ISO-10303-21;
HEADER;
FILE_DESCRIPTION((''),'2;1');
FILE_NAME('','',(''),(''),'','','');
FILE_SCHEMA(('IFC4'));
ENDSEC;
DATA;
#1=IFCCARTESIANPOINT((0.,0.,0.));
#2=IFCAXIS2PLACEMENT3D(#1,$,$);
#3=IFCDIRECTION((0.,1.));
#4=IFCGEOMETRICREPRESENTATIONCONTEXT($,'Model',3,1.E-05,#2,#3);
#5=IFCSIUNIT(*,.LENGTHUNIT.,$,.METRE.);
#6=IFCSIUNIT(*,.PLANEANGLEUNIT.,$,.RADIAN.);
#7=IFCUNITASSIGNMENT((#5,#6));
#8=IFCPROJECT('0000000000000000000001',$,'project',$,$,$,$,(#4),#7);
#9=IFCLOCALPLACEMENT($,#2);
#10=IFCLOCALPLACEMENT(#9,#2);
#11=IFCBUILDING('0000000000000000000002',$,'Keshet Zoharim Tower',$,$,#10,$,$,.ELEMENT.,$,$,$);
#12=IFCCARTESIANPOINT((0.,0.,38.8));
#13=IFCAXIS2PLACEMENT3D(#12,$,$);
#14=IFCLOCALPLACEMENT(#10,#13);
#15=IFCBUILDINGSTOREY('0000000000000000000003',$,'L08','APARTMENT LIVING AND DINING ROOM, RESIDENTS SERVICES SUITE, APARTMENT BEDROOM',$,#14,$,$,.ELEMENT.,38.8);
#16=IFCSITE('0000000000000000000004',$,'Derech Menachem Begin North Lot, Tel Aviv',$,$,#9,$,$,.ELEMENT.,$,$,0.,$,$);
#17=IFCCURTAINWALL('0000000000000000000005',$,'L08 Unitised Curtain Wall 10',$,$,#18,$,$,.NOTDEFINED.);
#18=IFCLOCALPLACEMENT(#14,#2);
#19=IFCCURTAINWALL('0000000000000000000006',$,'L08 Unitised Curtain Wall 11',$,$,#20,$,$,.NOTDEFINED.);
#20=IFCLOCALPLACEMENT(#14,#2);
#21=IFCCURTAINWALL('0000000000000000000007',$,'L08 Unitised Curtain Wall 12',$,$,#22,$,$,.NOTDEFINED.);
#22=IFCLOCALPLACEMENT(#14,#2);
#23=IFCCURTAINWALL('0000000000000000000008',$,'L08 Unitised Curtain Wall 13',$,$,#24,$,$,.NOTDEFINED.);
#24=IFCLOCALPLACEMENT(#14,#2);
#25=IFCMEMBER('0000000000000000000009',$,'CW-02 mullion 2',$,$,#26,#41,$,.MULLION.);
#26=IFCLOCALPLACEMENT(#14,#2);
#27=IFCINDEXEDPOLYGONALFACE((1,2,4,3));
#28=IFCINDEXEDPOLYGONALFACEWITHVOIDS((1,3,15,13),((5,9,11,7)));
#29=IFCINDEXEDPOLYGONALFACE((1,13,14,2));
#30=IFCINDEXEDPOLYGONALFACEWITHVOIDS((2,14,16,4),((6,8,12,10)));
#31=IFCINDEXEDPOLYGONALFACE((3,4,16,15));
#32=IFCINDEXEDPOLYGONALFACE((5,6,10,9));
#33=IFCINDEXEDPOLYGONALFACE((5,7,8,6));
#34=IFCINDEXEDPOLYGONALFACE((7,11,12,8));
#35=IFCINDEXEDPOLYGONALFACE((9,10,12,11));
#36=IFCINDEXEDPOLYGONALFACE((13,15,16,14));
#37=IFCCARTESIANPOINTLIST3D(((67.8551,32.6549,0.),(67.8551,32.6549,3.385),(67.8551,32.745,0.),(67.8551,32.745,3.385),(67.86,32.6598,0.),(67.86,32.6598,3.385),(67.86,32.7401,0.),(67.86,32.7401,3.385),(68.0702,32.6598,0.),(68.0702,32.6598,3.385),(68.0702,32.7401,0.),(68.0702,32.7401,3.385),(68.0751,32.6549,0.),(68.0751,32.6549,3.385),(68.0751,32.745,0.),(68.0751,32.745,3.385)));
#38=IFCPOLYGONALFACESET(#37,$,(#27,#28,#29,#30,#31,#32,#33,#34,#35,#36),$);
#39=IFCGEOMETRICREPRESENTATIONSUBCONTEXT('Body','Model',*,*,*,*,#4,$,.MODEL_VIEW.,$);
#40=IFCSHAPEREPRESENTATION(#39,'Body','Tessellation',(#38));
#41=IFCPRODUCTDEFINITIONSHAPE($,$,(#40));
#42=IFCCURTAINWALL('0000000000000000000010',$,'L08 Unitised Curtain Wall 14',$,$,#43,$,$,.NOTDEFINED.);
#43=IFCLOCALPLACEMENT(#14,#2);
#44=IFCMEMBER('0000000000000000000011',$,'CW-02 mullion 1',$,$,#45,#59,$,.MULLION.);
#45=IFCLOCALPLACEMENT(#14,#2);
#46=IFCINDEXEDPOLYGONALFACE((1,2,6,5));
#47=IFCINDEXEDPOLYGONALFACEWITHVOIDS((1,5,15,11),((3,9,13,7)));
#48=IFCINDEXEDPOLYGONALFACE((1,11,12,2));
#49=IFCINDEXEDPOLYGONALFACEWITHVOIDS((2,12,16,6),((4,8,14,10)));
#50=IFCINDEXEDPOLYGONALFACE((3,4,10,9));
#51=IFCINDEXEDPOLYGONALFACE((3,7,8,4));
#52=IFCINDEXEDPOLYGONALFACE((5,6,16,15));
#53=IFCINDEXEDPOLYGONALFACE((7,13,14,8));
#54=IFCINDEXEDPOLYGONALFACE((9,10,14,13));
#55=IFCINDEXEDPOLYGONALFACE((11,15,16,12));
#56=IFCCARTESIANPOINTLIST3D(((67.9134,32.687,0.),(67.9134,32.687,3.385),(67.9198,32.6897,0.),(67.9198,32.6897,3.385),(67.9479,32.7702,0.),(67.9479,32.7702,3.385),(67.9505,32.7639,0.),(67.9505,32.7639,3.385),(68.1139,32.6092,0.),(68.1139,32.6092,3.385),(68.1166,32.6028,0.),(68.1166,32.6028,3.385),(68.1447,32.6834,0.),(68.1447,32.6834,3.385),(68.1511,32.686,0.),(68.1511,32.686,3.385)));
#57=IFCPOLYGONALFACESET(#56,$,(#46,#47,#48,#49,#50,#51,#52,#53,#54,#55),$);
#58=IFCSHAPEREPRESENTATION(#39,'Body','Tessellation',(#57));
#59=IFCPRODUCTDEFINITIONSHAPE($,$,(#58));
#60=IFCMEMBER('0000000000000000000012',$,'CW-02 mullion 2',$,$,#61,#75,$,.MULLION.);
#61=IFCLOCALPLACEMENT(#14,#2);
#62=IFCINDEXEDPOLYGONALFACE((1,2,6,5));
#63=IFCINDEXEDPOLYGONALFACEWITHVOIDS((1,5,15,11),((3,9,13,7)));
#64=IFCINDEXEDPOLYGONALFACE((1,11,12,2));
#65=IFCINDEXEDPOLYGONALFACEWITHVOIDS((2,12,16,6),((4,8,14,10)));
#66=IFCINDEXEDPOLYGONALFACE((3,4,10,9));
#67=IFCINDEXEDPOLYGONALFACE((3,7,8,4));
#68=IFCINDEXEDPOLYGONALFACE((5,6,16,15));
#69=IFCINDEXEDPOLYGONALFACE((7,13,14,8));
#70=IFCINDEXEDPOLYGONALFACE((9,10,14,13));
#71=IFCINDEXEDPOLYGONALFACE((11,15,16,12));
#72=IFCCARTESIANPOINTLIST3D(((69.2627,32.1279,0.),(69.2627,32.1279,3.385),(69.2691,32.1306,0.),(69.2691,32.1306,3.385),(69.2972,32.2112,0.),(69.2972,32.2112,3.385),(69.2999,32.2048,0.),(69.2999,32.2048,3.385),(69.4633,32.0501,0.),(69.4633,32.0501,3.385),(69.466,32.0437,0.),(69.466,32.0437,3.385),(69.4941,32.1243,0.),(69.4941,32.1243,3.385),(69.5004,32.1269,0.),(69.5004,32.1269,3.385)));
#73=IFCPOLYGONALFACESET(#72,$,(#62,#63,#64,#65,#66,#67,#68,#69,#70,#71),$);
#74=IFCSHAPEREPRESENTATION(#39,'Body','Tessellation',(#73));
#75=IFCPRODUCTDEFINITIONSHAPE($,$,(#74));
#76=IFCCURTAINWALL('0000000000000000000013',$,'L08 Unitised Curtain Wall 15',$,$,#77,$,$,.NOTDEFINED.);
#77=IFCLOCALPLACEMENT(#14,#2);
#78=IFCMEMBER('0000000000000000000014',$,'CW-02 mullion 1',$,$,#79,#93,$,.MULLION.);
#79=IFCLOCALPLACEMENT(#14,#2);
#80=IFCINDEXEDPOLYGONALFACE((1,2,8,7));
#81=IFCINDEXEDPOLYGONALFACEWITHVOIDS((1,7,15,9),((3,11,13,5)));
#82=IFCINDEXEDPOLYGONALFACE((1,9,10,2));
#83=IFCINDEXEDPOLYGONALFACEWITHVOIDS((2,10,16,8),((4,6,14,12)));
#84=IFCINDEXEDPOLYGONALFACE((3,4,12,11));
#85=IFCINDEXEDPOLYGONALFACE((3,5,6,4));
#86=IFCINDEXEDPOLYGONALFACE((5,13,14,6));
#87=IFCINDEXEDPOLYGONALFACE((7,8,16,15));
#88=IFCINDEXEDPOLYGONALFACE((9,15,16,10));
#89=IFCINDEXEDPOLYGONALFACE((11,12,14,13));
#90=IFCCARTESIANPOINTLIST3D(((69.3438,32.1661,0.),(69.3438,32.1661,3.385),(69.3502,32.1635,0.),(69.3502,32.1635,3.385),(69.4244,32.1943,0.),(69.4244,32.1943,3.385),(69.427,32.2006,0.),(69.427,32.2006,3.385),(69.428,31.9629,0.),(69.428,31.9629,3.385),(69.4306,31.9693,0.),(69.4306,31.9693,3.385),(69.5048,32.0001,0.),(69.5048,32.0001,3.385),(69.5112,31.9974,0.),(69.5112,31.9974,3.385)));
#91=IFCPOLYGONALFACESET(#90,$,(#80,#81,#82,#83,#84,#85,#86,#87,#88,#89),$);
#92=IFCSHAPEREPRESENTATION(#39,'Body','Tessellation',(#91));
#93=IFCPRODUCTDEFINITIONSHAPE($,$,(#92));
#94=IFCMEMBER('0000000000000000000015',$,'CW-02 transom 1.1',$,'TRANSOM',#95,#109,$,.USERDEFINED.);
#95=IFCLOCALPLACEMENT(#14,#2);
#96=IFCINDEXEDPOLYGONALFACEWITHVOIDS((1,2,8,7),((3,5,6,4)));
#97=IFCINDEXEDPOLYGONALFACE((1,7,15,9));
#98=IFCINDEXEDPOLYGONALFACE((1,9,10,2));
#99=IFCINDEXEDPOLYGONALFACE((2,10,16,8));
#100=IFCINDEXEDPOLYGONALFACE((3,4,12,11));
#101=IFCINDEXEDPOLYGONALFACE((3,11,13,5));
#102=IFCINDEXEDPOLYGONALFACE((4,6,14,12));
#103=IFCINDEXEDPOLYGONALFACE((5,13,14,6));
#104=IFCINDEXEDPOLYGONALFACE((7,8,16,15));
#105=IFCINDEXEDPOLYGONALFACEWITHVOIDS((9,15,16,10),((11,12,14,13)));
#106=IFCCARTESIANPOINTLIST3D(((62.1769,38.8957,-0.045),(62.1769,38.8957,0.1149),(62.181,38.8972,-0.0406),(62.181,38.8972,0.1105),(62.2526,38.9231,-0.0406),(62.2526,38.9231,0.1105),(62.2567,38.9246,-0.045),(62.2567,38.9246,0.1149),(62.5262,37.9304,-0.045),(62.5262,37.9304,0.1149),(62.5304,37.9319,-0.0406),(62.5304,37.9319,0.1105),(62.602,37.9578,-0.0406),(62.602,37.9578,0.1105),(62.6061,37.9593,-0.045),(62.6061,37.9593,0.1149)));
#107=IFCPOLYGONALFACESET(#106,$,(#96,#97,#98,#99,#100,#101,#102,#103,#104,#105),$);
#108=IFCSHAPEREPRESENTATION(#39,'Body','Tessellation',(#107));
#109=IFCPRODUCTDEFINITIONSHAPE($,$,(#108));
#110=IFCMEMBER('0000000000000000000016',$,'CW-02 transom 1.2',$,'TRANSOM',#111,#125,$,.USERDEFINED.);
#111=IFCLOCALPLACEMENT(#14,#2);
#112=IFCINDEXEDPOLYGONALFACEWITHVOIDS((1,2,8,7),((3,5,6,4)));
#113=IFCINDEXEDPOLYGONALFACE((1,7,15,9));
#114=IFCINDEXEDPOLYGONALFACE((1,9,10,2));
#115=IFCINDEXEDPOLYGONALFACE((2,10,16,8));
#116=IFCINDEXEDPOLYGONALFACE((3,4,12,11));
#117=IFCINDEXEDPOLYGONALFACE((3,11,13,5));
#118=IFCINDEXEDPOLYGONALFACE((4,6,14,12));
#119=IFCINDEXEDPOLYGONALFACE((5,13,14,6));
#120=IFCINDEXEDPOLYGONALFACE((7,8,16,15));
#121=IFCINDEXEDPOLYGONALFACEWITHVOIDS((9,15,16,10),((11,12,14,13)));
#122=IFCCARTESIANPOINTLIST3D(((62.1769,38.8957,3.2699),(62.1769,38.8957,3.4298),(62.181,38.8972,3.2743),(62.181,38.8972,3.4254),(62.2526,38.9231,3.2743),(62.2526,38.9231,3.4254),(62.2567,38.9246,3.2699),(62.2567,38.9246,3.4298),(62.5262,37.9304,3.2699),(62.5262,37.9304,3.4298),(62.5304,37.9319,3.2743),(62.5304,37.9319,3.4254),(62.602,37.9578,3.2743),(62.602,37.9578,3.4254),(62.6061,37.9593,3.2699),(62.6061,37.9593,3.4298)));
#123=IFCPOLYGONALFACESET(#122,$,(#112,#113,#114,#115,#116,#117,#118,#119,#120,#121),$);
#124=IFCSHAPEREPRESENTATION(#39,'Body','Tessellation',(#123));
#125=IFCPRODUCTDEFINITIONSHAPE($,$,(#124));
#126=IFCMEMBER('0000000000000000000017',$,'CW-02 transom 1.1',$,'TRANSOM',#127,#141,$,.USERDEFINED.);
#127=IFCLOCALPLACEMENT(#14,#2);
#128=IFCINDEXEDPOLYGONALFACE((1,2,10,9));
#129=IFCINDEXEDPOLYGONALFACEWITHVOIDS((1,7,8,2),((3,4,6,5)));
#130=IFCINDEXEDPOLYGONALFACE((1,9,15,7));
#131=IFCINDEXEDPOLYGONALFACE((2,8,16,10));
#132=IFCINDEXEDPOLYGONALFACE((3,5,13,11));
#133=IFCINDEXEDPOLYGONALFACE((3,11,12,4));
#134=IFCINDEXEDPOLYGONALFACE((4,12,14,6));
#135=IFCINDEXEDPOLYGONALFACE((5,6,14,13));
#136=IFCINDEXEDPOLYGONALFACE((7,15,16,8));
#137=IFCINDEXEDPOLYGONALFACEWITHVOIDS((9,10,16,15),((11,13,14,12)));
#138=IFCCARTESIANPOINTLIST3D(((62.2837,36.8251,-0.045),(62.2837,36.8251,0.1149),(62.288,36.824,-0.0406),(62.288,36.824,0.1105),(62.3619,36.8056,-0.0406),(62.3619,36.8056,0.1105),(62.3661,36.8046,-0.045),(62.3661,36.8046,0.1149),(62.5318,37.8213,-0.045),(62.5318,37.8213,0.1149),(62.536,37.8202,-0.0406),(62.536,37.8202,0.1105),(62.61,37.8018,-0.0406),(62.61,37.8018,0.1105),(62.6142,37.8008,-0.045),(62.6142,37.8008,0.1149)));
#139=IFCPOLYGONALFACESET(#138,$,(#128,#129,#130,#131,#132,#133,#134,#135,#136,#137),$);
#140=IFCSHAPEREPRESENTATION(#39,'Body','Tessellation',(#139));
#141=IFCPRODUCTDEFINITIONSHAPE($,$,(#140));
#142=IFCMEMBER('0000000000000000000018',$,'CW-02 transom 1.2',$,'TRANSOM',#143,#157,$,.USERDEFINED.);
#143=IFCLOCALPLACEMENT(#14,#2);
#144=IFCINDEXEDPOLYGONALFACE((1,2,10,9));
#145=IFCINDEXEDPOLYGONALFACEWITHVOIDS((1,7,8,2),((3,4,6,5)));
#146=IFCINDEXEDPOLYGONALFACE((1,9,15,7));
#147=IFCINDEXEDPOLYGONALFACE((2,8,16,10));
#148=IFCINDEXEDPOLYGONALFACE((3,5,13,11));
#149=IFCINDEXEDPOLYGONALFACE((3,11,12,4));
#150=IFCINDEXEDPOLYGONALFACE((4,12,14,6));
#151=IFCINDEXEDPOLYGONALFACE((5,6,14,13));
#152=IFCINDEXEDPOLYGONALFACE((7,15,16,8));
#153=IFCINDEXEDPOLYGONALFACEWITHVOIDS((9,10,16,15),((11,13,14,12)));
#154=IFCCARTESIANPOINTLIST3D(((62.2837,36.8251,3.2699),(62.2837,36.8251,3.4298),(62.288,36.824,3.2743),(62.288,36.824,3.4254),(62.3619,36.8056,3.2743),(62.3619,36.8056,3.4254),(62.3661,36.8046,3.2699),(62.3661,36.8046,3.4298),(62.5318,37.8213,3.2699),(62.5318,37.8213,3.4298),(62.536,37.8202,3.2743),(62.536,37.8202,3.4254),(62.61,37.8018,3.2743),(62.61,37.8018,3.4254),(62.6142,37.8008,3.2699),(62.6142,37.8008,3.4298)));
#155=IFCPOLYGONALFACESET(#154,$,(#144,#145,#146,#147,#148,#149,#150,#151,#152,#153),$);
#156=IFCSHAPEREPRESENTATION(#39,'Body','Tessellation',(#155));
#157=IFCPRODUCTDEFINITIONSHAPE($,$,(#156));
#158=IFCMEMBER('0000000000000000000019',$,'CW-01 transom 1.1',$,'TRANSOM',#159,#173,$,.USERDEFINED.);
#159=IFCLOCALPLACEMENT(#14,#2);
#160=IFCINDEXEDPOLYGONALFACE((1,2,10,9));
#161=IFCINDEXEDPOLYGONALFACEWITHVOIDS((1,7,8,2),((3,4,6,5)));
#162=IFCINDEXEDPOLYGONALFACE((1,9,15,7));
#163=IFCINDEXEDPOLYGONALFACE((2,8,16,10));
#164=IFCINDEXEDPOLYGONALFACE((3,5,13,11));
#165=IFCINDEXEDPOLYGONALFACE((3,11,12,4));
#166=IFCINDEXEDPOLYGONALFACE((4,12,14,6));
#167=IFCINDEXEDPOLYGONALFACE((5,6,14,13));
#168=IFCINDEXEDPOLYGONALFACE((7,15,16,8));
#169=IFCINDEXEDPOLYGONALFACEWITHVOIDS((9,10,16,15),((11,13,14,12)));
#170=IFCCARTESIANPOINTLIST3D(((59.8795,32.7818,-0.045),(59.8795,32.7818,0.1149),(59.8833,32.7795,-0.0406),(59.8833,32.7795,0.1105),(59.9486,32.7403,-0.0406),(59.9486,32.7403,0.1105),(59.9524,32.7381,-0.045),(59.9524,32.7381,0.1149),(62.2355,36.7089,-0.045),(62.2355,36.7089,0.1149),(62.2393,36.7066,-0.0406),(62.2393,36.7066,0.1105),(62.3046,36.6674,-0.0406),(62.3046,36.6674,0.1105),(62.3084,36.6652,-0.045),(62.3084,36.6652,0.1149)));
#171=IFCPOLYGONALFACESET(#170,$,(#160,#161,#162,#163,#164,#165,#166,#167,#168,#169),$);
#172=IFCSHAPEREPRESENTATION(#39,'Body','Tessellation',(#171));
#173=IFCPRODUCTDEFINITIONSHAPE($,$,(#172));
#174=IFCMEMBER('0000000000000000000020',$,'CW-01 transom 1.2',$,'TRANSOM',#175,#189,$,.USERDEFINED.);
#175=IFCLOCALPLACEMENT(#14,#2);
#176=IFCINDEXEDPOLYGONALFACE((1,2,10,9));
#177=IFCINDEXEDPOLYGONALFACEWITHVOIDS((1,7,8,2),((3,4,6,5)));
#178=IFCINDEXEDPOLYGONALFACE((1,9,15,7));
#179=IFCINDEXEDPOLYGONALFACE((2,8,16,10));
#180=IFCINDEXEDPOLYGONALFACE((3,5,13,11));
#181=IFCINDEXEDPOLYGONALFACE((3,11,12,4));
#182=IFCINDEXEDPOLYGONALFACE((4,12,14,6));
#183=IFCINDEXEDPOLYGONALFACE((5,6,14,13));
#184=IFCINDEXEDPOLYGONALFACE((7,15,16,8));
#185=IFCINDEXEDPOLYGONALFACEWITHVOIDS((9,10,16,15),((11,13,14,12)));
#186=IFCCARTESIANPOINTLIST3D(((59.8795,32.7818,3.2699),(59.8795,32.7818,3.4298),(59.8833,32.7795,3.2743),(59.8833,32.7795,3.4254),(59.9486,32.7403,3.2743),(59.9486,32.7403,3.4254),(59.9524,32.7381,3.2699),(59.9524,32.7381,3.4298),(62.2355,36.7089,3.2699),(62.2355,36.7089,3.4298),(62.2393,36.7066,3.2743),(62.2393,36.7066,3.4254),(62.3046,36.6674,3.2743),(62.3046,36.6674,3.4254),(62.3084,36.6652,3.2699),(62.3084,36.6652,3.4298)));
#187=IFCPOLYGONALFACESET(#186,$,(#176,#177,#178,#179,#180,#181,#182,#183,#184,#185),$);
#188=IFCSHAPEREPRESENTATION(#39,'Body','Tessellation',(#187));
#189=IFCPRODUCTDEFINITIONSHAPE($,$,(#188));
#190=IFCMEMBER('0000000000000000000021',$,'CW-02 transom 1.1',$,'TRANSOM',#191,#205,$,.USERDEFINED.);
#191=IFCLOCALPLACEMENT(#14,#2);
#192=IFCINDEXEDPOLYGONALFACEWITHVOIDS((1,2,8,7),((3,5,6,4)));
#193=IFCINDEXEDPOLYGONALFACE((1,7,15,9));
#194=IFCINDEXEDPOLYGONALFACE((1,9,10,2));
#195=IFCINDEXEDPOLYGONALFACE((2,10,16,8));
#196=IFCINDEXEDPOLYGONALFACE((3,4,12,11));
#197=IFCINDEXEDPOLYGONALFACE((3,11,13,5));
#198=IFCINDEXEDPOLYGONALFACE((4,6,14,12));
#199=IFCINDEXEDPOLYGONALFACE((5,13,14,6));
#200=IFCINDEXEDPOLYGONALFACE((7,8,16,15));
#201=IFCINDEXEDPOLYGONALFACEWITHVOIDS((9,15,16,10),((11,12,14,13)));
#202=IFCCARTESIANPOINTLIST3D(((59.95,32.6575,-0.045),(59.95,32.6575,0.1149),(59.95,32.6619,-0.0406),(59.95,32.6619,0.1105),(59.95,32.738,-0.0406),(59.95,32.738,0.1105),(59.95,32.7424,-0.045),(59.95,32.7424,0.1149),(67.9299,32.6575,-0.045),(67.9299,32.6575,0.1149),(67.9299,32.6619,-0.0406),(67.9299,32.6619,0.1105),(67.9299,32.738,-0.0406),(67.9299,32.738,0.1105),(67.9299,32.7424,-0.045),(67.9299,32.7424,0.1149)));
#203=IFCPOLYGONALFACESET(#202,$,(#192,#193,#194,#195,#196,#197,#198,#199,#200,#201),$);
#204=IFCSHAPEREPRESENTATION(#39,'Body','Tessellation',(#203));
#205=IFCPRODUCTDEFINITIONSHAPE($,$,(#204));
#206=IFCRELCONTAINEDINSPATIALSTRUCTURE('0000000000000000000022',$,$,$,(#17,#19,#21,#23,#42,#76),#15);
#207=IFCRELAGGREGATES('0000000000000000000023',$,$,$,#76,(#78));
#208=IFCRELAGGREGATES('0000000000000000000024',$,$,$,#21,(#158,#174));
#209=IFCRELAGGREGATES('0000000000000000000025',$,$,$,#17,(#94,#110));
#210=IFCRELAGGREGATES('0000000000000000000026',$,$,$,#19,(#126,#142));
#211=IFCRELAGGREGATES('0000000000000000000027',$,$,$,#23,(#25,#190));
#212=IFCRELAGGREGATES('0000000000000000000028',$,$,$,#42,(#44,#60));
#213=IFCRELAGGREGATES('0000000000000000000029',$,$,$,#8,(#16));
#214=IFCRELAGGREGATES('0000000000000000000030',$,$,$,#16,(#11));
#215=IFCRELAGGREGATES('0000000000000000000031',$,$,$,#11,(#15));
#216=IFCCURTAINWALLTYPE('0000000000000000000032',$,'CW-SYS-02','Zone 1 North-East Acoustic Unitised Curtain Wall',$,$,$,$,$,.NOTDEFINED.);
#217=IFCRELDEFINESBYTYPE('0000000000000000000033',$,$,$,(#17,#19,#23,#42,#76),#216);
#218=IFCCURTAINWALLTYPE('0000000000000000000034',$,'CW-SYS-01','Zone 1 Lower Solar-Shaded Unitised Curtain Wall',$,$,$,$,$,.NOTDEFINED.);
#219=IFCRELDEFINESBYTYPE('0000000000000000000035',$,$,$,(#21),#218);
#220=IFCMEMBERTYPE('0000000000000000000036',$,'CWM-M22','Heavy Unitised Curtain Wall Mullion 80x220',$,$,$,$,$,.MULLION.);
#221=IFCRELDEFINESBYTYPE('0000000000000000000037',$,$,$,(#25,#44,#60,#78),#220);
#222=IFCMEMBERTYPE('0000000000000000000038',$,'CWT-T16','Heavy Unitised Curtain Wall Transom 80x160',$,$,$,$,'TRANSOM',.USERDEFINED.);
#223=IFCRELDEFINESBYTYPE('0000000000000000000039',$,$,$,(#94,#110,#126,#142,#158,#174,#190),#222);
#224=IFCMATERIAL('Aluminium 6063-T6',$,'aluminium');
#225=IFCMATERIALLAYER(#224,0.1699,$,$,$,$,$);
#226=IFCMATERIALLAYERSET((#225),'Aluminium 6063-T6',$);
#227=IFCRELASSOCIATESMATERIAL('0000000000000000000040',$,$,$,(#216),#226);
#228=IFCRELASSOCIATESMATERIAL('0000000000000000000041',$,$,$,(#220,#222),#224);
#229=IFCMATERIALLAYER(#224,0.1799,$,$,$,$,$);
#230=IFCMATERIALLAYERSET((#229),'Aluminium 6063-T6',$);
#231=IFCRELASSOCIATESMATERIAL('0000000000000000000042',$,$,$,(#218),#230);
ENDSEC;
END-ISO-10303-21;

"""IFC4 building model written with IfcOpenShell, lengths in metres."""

from ifc_helpers import new_model, si_unit, direction, frame, origin, origin_2d, place, context, subcontext, project, spatial, hollow_rectangle, extrude, material, layer, layer_set, material_profile, profile_set, type_object, element, aggregate, save


model = new_model("IFC4")

# Units and contexts
model_context = context("Model", 3, precision=1e-05, world=origin(), true_north=direction((0.0, 1.0)))
body_context = subcontext(model_context, "Body", "Model", "MODEL_VIEW")
ifc_project = project(units=[si_unit("LENGTHUNIT", "METRE"), si_unit("PLANEANGLEUNIT", "RADIAN")], contexts=[model_context])

# Site, building, storey
site_placement = place(None, origin())
site = spatial("IfcSite", under=ifc_project, at=site_placement, Name="Derech Menachem Begin North Lot, Tel Aviv", CompositionType="ELEMENT", RefElevation=0.0)
building_placement = place(site_placement, origin())
building = spatial("IfcBuilding", under=site, at=building_placement, Name="Keshet Zoharim Tower", CompositionType="ELEMENT")
storey_placement = place(building_placement, frame((0.0, 0.0, 38.8)))
storey = spatial("IfcBuildingStorey", under=building, at=storey_placement, Name="L08", Description="APARTMENT LIVING AND DINING ROOM, RESIDENTS SERVICES SUITE, APARTMENT BEDROOM", CompositionType="ELEMENT", Elevation=38.8)

# Shared definitions
ifc_material_1 = material(Name="Aluminium 6063-T6", Category="aluminium")
ifc_layer_1 = layer(ifc_material_1, 0.1699)
ifc_layer_set_1 = layer_set([ifc_layer_1], Name="Aluminium 6063-T6")
curtain_wall_type_1 = type_object("IfcCurtainWallType", Name="CW-SYS-02", Description="Zone 1 North-East Acoustic Unitised Curtain Wall", PredefinedType="NOTDEFINED", material=ifc_layer_set_1)
ifc_material_profile_1 = material_profile(ifc_material_1, hollow_rectangle(XDim=0.0901, YDim=0.22, WallThickness=0.0049, at=origin_2d()), Name="MUL-90x220")
ifc_profile_set_1 = profile_set([ifc_material_profile_1], Name="Aluminium 6063-T6")
member_type_1 = type_object("IfcMemberType", Name="CWM-M22", Description="Heavy Unitised Curtain Wall Mullion 80x220", PredefinedType="MULLION", material=ifc_profile_set_1)

# Curtain walls, members
curtain_wall_1_placement = place(storey_placement, origin())
curtain_wall_1 = element("IfcCurtainWall", 1, at=curtain_wall_1_placement, inside=storey, type_object=curtain_wall_type_1, Name="L08 Unitised Curtain Wall 10", PredefinedType="NOTDEFINED")
curtain_wall_2_placement = place(storey_placement, origin())
curtain_wall_2 = element("IfcCurtainWall", 2, at=curtain_wall_2_placement, inside=storey, type_object=curtain_wall_type_1, Name="L08 Unitised Curtain Wall 11", PredefinedType="NOTDEFINED")
ifc_layer_2 = layer(ifc_material_1, 0.1799)
ifc_layer_set_2 = layer_set([ifc_layer_2], Name="Aluminium 6063-T6")
curtain_wall_type_2 = type_object("IfcCurtainWallType", Name="CW-SYS-01", Description="Zone 1 Lower Solar-Shaded Unitised Curtain Wall", PredefinedType="NOTDEFINED", material=ifc_layer_set_2)
curtain_wall_3_placement = place(storey_placement, origin())
curtain_wall_3 = element("IfcCurtainWall", 3, at=curtain_wall_3_placement, inside=storey, type_object=curtain_wall_type_2, Name="L08 Unitised Curtain Wall 12", PredefinedType="NOTDEFINED")
curtain_wall_4_placement = place(storey_placement, origin())
curtain_wall_4 = element("IfcCurtainWall", 4, at=curtain_wall_4_placement, inside=storey, type_object=curtain_wall_type_1, Name="L08 Unitised Curtain Wall 13", PredefinedType="NOTDEFINED")
member_1_placement = place(storey_placement, frame((67.9651, 32.7, 0.0), z_axis=(0.0, 0.0, 1.0), x_axis=(0.0, 1.0, 0.0)))
member_1 = element("IfcMember", 5, at=member_1_placement, type_object=member_type_1, Name="CW-02 mullion 2", PredefinedType="MULLION", context=body_context, shape_type="SweptSolid", body=[
    extrude(hollow_rectangle(XDim=0.0901, YDim=0.22, WallThickness=0.0049, at=origin_2d()), origin(), (0.0, 0.0, 1.0), 3.385),
])
curtain_wall_5_placement = place(storey_placement, origin())
curtain_wall_5 = element("IfcCurtainWall", 6, at=curtain_wall_5_placement, inside=storey, type_object=curtain_wall_type_1, Name="L08 Unitised Curtain Wall 14", PredefinedType="NOTDEFINED")
member_2_placement = place(storey_placement, frame((68.0322, 32.6865, 0.0), z_axis=(0.0, 0.0, 1.0), x_axis=(0.382852, 0.92381, 0.0)))
member_2 = element("IfcMember", 7, at=member_2_placement, type_object=member_type_1, Name="CW-02 mullion 1", PredefinedType="MULLION", context=body_context, shape_type="SweptSolid", body=[
    extrude(hollow_rectangle(XDim=0.0901, YDim=0.22, WallThickness=0.0049, at=origin_2d()), origin(), (0.0, 0.0, 1.0), 3.385),
])
member_3_placement = place(storey_placement, frame((69.3816, 32.1274, 0.0), z_axis=(0.0, 0.0, 1.0), x_axis=(0.382852, 0.92381, 0.0)))
member_3 = element("IfcMember", 8, at=member_3_placement, type_object=member_type_1, Name="CW-02 mullion 2", PredefinedType="MULLION", context=body_context, shape_type="SweptSolid", body=[
    extrude(hollow_rectangle(XDim=0.0901, YDim=0.22, WallThickness=0.0049, at=origin_2d()), origin(), (0.0, 0.0, 1.0), 3.385),
])

# Curtain wall, member
curtain_wall_6_placement = place(storey_placement, origin())
curtain_wall_6 = element("IfcCurtainWall", 9, at=curtain_wall_6_placement, inside=storey, type_object=curtain_wall_type_1, Name="L08 Unitised Curtain Wall 15", PredefinedType="NOTDEFINED")
member_4_placement = place(storey_placement, frame((69.4275, 32.0818, 0.0), z_axis=(0.0, 0.0, 1.0), x_axis=(0.92381, 0.382852, 0.0)))
member_4 = element("IfcMember", 10, at=member_4_placement, type_object=member_type_1, Name="CW-02 mullion 1", PredefinedType="MULLION", context=body_context, shape_type="SweptSolid", body=[
    extrude(hollow_rectangle(XDim=0.0901, YDim=0.22, WallThickness=0.0049, at=origin_2d()), origin(), (0.0, 0.0, 1.0), 3.385),
])

# Members
ifc_material_profile_2 = material_profile(ifc_material_1, hollow_rectangle(XDim=0.085, YDim=0.1599, WallThickness=0.0044, at=origin_2d()), Name="TRN-85x160")
ifc_profile_set_2 = profile_set([ifc_material_profile_2], Name="Aluminium 6063-T6")
member_type_2 = type_object("IfcMemberType", Name="CWT-T16", Description="Heavy Unitised Curtain Wall Transom 80x160", ElementType="TRANSOM", PredefinedType="USERDEFINED", material=ifc_profile_set_2)
member_5_placement = place(storey_placement, frame((62.2168, 38.9102, 0.0349), z_axis=(0.340311, -0.940313, 0.0), x_axis=(0.940313, 0.340311, 0.0)))
member_5 = element("IfcMember", 11, at=member_5_placement, type_object=member_type_2, Name="CW-02 transom 1.1", ObjectType="TRANSOM", PredefinedType="USERDEFINED", context=body_context, shape_type="SweptSolid", body=[
    extrude(hollow_rectangle(XDim=0.085, YDim=0.1599, WallThickness=0.0044, at=origin_2d()), origin(), (0.0, 0.0, 1.0), 1.0266),
])
member_6_placement = place(storey_placement, frame((62.2168, 38.9102, 3.3499), z_axis=(0.340311, -0.940313, 0.0), x_axis=(0.940313, 0.340311, 0.0)))
member_6 = element("IfcMember", 12, at=member_6_placement, type_object=member_type_2, Name="CW-02 transom 1.2", ObjectType="TRANSOM", PredefinedType="USERDEFINED", context=body_context, shape_type="SweptSolid", body=[
    extrude(hollow_rectangle(XDim=0.085, YDim=0.1599, WallThickness=0.0044, at=origin_2d()), origin(), (0.0, 0.0, 1.0), 1.0266),
])
member_7_placement = place(storey_placement, frame((62.573, 37.811, 0.0349), z_axis=(-0.24164, -0.970366, 0.0), x_axis=(0.970366, -0.24164, 0.0)))
member_7 = element("IfcMember", 13, at=member_7_placement, type_object=member_type_2, Name="CW-02 transom 1.1", ObjectType="TRANSOM", PredefinedType="USERDEFINED", context=body_context, shape_type="SweptSolid", body=[
    extrude(hollow_rectangle(XDim=0.085, YDim=0.1599, WallThickness=0.0044, at=origin_2d()), origin(), (0.0, 0.0, 1.0), 1.0266),
])
member_8_placement = place(storey_placement, frame((62.573, 37.811, 3.3499), z_axis=(-0.24164, -0.970366, 0.0), x_axis=(0.970366, -0.24164, 0.0)))
member_8 = element("IfcMember", 14, at=member_8_placement, type_object=member_type_2, Name="CW-02 transom 1.2", ObjectType="TRANSOM", PredefinedType="USERDEFINED", context=body_context, shape_type="SweptSolid", body=[
    extrude(hollow_rectangle(XDim=0.085, YDim=0.1599, WallThickness=0.0044, at=origin_2d()), origin(), (0.0, 0.0, 1.0), 1.0266),
])
member_9_placement = place(storey_placement, frame((62.272, 36.687, 0.0349), z_axis=(-0.514457, -0.857516, 0.0), x_axis=(0.857516, -0.514457, 0.0)))
member_9 = element("IfcMember", 15, at=member_9_placement, type_object=member_type_2, Name="CW-01 transom 1.1", ObjectType="TRANSOM", PredefinedType="USERDEFINED", context=body_context, shape_type="SweptSolid", body=[
    extrude(hollow_rectangle(XDim=0.085, YDim=0.1599, WallThickness=0.0044, at=origin_2d()), origin(), (0.0, 0.0, 1.0), 4.5796),
])
member_10_placement = place(storey_placement, frame((62.272, 36.687, 3.3499), z_axis=(-0.514457, -0.857516, 0.0), x_axis=(0.857516, -0.514457, 0.0)))
member_10 = element("IfcMember", 16, at=member_10_placement, type_object=member_type_2, Name="CW-01 transom 1.2", ObjectType="TRANSOM", PredefinedType="USERDEFINED", context=body_context, shape_type="SweptSolid", body=[
    extrude(hollow_rectangle(XDim=0.085, YDim=0.1599, WallThickness=0.0044, at=origin_2d()), origin(), (0.0, 0.0, 1.0), 4.5796),
])
member_11_placement = place(storey_placement, frame((59.95, 32.7, 0.0349), z_axis=(1.0, 0.0, 0.0), x_axis=(0.0, 1.0, 0.0)))
member_11 = element("IfcMember", 17, at=member_11_placement, type_object=member_type_2, Name="CW-02 transom 1.1", ObjectType="TRANSOM", PredefinedType="USERDEFINED", context=body_context, shape_type="SweptSolid", body=[
    extrude(hollow_rectangle(XDim=0.085, YDim=0.1599, WallThickness=0.0044, at=origin_2d()), origin(), (0.0, 0.0, 1.0), 7.98),
])
aggregate(curtain_wall_6, [member_4])

aggregate(curtain_wall_3, [member_9, member_10])
aggregate(curtain_wall_1, [member_5, member_6])
aggregate(curtain_wall_2, [member_7, member_8])
aggregate(curtain_wall_4, [member_1, member_11])
aggregate(curtain_wall_5, [member_2, member_3])

save(model, "model.ifc")
